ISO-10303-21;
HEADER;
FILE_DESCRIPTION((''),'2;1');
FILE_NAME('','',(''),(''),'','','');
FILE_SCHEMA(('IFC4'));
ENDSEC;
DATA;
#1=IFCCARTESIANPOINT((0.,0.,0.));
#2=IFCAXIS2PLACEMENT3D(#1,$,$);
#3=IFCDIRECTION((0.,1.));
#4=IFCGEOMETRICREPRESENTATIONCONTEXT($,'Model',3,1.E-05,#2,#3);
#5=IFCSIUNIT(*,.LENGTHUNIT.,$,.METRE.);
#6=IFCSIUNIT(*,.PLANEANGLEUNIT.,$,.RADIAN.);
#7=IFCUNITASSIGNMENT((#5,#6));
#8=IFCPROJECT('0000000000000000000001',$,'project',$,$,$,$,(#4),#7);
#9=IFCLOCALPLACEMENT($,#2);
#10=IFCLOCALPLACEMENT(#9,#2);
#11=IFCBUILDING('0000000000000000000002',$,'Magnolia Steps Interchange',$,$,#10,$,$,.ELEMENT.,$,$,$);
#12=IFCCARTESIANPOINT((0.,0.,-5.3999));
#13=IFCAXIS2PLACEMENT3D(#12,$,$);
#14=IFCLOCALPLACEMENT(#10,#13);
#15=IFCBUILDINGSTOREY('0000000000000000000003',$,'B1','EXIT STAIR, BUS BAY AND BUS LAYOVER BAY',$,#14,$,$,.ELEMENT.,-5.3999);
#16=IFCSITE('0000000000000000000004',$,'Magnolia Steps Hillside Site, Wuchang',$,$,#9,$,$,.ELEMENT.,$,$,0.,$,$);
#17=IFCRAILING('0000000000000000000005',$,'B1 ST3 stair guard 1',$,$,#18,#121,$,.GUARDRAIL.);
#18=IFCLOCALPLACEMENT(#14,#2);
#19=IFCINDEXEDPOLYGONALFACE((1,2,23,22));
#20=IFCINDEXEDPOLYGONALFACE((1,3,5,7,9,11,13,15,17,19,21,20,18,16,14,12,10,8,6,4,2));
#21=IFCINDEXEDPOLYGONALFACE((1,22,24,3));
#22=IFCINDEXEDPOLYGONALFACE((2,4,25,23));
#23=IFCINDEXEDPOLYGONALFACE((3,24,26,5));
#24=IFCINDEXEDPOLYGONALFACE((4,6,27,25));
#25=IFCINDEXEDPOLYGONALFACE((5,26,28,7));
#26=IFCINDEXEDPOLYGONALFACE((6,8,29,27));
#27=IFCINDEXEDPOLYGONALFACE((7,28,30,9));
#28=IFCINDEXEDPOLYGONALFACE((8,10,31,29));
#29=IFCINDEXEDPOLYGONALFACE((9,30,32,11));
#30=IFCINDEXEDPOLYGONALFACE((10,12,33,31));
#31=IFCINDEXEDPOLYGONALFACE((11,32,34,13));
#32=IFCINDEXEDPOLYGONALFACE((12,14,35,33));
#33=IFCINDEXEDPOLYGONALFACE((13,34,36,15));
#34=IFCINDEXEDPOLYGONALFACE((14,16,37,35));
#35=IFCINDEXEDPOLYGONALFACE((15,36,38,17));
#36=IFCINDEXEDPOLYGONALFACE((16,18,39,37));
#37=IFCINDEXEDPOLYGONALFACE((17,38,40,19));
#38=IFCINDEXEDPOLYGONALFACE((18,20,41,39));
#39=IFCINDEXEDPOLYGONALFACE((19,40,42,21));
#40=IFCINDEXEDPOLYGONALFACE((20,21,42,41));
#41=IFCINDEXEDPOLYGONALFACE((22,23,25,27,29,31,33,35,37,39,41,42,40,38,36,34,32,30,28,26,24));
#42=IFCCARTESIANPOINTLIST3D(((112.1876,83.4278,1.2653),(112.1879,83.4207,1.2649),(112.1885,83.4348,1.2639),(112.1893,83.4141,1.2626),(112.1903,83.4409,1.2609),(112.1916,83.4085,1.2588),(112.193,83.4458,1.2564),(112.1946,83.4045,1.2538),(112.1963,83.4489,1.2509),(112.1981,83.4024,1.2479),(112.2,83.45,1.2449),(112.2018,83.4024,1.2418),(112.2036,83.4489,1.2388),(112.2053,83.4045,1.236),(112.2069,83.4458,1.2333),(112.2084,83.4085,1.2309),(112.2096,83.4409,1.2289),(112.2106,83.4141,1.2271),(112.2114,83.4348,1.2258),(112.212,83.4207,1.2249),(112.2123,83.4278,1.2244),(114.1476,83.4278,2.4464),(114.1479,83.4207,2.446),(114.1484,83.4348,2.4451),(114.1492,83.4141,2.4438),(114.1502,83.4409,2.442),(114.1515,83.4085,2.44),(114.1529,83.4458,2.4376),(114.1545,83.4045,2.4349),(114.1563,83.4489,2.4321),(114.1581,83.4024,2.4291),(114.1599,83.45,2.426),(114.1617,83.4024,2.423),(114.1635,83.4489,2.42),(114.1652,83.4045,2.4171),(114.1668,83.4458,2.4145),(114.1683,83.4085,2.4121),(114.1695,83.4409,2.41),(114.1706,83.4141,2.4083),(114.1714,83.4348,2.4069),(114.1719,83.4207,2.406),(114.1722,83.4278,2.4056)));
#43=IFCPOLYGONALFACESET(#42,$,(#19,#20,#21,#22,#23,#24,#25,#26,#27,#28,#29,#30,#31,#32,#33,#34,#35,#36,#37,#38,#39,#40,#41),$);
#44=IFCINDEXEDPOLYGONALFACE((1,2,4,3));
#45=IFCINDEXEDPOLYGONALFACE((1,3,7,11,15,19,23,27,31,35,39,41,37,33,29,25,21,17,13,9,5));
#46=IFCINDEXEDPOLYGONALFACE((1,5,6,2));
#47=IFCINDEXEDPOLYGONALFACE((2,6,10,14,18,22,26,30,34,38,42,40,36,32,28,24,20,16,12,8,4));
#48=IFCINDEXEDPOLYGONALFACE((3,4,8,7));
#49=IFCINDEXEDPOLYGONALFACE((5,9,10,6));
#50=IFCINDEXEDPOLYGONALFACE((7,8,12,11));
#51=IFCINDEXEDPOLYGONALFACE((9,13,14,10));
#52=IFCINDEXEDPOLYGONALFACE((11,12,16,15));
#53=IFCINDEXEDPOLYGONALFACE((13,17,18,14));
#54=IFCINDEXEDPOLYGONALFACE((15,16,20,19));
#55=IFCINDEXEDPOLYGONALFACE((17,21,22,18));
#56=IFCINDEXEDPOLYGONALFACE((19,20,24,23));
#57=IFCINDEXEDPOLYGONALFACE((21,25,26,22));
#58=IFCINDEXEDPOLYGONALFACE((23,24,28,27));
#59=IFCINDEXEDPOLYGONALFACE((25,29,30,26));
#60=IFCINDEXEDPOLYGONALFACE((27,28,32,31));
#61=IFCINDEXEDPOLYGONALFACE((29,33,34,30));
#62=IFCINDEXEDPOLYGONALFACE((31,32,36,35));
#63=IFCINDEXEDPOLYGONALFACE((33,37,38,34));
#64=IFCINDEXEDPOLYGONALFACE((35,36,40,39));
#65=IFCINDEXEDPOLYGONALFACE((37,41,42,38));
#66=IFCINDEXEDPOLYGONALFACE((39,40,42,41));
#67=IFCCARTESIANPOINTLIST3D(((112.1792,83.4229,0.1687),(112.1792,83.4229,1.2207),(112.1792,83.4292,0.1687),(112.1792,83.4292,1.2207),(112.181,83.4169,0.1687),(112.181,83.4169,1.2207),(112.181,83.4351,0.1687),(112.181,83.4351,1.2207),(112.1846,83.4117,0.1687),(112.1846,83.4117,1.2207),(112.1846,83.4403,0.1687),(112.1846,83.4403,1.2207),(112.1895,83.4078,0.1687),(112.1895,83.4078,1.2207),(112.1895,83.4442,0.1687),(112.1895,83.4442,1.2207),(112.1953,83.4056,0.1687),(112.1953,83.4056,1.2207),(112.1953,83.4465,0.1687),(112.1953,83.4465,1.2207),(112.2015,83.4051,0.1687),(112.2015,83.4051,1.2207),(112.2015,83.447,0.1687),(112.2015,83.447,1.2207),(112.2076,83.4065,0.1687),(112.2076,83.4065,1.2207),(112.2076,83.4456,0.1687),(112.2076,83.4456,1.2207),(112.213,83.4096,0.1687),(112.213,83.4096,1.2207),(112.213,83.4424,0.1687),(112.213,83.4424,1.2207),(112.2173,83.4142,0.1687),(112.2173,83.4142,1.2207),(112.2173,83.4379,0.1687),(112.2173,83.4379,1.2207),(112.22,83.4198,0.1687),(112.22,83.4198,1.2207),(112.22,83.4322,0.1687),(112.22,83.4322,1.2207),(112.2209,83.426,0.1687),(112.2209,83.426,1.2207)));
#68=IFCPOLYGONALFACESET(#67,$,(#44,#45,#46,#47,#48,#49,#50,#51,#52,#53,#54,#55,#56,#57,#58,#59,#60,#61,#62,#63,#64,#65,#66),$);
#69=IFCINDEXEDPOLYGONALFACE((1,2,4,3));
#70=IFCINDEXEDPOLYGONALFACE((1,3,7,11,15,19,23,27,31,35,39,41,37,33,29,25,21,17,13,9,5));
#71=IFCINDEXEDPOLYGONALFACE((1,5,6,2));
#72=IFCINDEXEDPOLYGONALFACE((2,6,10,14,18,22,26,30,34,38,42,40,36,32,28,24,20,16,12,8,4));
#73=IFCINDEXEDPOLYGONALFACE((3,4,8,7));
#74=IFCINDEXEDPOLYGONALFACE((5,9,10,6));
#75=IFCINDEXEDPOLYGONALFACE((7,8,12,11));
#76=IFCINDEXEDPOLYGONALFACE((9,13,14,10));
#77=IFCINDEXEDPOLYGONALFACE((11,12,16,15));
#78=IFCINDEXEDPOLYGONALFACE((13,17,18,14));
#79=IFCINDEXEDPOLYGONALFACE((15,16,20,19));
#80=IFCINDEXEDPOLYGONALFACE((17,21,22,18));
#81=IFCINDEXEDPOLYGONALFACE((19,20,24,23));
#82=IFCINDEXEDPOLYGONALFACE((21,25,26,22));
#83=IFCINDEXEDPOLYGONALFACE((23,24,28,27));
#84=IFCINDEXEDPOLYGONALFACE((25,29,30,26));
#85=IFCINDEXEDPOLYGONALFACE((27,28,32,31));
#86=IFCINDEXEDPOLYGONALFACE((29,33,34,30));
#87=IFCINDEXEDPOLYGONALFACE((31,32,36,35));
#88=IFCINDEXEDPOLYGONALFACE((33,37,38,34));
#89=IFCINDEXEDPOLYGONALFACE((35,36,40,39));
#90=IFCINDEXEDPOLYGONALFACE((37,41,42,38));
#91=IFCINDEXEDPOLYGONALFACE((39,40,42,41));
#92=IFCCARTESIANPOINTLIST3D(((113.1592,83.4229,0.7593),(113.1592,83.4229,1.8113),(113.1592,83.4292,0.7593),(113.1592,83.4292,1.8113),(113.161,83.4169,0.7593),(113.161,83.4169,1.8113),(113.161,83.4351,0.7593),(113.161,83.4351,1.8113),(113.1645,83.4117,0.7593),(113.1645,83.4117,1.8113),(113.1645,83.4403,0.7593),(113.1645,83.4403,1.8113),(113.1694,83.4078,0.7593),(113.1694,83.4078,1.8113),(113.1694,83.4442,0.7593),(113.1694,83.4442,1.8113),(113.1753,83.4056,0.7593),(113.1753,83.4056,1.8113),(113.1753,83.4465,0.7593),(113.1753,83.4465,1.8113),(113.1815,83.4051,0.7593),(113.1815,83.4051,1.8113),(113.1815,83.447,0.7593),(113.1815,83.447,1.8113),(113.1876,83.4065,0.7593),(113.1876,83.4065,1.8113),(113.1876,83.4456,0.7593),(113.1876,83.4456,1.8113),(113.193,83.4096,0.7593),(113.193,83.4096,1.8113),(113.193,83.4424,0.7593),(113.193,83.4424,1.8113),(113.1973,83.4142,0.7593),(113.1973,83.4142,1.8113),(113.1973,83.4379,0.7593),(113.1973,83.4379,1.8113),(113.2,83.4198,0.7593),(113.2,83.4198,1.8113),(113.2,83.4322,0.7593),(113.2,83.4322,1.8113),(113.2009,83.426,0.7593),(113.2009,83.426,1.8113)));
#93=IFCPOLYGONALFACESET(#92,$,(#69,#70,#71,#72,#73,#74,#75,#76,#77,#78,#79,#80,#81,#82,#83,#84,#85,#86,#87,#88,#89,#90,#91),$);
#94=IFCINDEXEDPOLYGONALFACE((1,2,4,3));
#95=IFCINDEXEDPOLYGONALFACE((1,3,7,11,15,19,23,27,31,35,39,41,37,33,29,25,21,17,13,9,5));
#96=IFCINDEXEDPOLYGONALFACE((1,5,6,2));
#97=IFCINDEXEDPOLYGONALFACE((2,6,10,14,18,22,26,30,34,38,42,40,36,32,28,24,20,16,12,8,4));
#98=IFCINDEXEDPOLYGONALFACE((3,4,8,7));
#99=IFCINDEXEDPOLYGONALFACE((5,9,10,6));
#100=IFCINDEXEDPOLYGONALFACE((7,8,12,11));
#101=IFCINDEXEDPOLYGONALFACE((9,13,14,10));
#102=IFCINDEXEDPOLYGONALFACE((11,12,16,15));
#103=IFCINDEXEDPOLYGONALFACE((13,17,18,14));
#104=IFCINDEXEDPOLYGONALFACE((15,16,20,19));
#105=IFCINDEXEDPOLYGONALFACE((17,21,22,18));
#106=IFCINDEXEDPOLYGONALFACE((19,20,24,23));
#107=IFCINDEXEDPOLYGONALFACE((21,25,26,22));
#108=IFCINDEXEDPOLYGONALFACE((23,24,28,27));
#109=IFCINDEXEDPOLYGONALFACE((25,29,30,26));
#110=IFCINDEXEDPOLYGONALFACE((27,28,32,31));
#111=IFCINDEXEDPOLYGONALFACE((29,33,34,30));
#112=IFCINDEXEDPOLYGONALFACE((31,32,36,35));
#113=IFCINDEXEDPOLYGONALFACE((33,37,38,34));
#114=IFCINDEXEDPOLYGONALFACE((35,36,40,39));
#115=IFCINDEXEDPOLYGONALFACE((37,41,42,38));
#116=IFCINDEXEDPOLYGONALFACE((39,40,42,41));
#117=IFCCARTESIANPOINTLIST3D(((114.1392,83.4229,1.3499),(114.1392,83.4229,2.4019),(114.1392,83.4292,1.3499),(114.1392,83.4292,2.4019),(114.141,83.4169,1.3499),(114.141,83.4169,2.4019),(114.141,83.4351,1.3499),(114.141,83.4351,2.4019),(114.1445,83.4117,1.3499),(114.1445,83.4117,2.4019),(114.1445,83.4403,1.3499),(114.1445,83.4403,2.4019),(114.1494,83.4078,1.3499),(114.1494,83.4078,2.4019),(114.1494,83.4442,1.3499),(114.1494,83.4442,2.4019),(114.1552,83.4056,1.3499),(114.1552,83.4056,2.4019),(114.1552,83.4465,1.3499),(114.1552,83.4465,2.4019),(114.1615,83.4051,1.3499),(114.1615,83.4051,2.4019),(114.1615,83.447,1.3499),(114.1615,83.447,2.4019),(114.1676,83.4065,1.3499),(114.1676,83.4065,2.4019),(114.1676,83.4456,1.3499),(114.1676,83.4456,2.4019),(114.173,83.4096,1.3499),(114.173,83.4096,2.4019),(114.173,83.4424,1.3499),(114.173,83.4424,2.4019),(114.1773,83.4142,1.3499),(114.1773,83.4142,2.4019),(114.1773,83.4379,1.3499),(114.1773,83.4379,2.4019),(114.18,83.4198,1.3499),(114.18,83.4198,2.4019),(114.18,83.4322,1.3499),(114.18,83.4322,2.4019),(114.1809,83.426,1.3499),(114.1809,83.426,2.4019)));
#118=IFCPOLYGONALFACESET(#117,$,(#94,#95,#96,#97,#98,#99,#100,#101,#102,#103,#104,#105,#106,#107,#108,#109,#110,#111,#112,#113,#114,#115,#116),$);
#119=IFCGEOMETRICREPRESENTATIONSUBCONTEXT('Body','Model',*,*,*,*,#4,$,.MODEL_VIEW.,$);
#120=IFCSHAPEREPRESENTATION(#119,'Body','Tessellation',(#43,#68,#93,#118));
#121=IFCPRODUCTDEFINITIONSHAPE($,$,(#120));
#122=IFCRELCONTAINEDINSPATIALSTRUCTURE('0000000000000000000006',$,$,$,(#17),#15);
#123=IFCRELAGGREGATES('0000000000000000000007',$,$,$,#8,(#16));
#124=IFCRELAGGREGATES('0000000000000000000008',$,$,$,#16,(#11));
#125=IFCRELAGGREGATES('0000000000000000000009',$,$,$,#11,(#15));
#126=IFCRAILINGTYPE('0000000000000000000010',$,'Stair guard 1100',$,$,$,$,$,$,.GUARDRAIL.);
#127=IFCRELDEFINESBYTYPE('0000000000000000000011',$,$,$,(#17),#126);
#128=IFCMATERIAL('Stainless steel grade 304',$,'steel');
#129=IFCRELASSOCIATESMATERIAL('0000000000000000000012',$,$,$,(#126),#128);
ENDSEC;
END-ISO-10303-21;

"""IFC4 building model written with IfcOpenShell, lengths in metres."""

from ifc_helpers import new_model, si_unit, direction, frame, origin, origin_2d, place, context, subcontext, project, spatial, circle, extrude, material, type_object, element, save


model = new_model("IFC4")

# Units and contexts
model_context = context("Model", 3, precision=1e-05, world=origin(), true_north=direction((0.0, 1.0)))
body_context = subcontext(model_context, "Body", "Model", "MODEL_VIEW")
ifc_project = project(units=[si_unit("LENGTHUNIT", "METRE"), si_unit("PLANEANGLEUNIT", "RADIAN")], contexts=[model_context])

# Site, building, storey
site_placement = place(None, origin())
site = spatial("IfcSite", under=ifc_project, at=site_placement, Name="Magnolia Steps Hillside Site, Wuchang", CompositionType="ELEMENT", RefElevation=0.0)
building_placement = place(site_placement, origin())
building = spatial("IfcBuilding", under=site, at=building_placement, Name="Magnolia Steps Interchange", CompositionType="ELEMENT")
storey_placement = place(building_placement, frame((0.0, 0.0, -5.3999)))
storey = spatial("IfcBuildingStorey", under=building, at=storey_placement, Name="B1", Description="EXIT STAIR, BUS BAY AND BUS LAYOVER BAY", CompositionType="ELEMENT", Elevation=-5.3999)

# Railing
ifc_material_1 = material(Name="Stainless steel grade 304", Category="steel")
railing_type_1 = type_object("IfcRailingType", Name="Stair guard 1100", PredefinedType="GUARDRAIL", material=ifc_material_1)
railing_1_placement = place(storey_placement, frame((112.2, 83.426, 0.1687)))
element("IfcRailing", 1, at=railing_1_placement, inside=storey, type_object=railing_type_1, Name="B1 ST3 stair guard 1", PredefinedType="GUARDRAIL", context=body_context, shape_type="SweptSolid", body=[
    extrude(circle(Radius=0.0239, at=origin_2d()), frame((0.0, 0.0, 1.0762), z_axis=(0.856493, 0.0, 0.516158), x_axis=(0.0, 1.0, 0.0)), (0.0, 0.0, 1.0), 2.2883),
    extrude(circle(Radius=0.021, at=origin_2d()), origin(), (0.0, 0.0, 1.0), 1.052),
    extrude(circle(Radius=0.021, at=origin_2d()), frame((0.98, 0.0, 0.5906)), (0.0, 0.0, 1.0), 1.052),
    extrude(circle(Radius=0.021, at=origin_2d()), frame((1.96, 0.0, 1.1812)), (0.0, 0.0, 1.0), 1.052),
])

save(model, "model.ifc")
